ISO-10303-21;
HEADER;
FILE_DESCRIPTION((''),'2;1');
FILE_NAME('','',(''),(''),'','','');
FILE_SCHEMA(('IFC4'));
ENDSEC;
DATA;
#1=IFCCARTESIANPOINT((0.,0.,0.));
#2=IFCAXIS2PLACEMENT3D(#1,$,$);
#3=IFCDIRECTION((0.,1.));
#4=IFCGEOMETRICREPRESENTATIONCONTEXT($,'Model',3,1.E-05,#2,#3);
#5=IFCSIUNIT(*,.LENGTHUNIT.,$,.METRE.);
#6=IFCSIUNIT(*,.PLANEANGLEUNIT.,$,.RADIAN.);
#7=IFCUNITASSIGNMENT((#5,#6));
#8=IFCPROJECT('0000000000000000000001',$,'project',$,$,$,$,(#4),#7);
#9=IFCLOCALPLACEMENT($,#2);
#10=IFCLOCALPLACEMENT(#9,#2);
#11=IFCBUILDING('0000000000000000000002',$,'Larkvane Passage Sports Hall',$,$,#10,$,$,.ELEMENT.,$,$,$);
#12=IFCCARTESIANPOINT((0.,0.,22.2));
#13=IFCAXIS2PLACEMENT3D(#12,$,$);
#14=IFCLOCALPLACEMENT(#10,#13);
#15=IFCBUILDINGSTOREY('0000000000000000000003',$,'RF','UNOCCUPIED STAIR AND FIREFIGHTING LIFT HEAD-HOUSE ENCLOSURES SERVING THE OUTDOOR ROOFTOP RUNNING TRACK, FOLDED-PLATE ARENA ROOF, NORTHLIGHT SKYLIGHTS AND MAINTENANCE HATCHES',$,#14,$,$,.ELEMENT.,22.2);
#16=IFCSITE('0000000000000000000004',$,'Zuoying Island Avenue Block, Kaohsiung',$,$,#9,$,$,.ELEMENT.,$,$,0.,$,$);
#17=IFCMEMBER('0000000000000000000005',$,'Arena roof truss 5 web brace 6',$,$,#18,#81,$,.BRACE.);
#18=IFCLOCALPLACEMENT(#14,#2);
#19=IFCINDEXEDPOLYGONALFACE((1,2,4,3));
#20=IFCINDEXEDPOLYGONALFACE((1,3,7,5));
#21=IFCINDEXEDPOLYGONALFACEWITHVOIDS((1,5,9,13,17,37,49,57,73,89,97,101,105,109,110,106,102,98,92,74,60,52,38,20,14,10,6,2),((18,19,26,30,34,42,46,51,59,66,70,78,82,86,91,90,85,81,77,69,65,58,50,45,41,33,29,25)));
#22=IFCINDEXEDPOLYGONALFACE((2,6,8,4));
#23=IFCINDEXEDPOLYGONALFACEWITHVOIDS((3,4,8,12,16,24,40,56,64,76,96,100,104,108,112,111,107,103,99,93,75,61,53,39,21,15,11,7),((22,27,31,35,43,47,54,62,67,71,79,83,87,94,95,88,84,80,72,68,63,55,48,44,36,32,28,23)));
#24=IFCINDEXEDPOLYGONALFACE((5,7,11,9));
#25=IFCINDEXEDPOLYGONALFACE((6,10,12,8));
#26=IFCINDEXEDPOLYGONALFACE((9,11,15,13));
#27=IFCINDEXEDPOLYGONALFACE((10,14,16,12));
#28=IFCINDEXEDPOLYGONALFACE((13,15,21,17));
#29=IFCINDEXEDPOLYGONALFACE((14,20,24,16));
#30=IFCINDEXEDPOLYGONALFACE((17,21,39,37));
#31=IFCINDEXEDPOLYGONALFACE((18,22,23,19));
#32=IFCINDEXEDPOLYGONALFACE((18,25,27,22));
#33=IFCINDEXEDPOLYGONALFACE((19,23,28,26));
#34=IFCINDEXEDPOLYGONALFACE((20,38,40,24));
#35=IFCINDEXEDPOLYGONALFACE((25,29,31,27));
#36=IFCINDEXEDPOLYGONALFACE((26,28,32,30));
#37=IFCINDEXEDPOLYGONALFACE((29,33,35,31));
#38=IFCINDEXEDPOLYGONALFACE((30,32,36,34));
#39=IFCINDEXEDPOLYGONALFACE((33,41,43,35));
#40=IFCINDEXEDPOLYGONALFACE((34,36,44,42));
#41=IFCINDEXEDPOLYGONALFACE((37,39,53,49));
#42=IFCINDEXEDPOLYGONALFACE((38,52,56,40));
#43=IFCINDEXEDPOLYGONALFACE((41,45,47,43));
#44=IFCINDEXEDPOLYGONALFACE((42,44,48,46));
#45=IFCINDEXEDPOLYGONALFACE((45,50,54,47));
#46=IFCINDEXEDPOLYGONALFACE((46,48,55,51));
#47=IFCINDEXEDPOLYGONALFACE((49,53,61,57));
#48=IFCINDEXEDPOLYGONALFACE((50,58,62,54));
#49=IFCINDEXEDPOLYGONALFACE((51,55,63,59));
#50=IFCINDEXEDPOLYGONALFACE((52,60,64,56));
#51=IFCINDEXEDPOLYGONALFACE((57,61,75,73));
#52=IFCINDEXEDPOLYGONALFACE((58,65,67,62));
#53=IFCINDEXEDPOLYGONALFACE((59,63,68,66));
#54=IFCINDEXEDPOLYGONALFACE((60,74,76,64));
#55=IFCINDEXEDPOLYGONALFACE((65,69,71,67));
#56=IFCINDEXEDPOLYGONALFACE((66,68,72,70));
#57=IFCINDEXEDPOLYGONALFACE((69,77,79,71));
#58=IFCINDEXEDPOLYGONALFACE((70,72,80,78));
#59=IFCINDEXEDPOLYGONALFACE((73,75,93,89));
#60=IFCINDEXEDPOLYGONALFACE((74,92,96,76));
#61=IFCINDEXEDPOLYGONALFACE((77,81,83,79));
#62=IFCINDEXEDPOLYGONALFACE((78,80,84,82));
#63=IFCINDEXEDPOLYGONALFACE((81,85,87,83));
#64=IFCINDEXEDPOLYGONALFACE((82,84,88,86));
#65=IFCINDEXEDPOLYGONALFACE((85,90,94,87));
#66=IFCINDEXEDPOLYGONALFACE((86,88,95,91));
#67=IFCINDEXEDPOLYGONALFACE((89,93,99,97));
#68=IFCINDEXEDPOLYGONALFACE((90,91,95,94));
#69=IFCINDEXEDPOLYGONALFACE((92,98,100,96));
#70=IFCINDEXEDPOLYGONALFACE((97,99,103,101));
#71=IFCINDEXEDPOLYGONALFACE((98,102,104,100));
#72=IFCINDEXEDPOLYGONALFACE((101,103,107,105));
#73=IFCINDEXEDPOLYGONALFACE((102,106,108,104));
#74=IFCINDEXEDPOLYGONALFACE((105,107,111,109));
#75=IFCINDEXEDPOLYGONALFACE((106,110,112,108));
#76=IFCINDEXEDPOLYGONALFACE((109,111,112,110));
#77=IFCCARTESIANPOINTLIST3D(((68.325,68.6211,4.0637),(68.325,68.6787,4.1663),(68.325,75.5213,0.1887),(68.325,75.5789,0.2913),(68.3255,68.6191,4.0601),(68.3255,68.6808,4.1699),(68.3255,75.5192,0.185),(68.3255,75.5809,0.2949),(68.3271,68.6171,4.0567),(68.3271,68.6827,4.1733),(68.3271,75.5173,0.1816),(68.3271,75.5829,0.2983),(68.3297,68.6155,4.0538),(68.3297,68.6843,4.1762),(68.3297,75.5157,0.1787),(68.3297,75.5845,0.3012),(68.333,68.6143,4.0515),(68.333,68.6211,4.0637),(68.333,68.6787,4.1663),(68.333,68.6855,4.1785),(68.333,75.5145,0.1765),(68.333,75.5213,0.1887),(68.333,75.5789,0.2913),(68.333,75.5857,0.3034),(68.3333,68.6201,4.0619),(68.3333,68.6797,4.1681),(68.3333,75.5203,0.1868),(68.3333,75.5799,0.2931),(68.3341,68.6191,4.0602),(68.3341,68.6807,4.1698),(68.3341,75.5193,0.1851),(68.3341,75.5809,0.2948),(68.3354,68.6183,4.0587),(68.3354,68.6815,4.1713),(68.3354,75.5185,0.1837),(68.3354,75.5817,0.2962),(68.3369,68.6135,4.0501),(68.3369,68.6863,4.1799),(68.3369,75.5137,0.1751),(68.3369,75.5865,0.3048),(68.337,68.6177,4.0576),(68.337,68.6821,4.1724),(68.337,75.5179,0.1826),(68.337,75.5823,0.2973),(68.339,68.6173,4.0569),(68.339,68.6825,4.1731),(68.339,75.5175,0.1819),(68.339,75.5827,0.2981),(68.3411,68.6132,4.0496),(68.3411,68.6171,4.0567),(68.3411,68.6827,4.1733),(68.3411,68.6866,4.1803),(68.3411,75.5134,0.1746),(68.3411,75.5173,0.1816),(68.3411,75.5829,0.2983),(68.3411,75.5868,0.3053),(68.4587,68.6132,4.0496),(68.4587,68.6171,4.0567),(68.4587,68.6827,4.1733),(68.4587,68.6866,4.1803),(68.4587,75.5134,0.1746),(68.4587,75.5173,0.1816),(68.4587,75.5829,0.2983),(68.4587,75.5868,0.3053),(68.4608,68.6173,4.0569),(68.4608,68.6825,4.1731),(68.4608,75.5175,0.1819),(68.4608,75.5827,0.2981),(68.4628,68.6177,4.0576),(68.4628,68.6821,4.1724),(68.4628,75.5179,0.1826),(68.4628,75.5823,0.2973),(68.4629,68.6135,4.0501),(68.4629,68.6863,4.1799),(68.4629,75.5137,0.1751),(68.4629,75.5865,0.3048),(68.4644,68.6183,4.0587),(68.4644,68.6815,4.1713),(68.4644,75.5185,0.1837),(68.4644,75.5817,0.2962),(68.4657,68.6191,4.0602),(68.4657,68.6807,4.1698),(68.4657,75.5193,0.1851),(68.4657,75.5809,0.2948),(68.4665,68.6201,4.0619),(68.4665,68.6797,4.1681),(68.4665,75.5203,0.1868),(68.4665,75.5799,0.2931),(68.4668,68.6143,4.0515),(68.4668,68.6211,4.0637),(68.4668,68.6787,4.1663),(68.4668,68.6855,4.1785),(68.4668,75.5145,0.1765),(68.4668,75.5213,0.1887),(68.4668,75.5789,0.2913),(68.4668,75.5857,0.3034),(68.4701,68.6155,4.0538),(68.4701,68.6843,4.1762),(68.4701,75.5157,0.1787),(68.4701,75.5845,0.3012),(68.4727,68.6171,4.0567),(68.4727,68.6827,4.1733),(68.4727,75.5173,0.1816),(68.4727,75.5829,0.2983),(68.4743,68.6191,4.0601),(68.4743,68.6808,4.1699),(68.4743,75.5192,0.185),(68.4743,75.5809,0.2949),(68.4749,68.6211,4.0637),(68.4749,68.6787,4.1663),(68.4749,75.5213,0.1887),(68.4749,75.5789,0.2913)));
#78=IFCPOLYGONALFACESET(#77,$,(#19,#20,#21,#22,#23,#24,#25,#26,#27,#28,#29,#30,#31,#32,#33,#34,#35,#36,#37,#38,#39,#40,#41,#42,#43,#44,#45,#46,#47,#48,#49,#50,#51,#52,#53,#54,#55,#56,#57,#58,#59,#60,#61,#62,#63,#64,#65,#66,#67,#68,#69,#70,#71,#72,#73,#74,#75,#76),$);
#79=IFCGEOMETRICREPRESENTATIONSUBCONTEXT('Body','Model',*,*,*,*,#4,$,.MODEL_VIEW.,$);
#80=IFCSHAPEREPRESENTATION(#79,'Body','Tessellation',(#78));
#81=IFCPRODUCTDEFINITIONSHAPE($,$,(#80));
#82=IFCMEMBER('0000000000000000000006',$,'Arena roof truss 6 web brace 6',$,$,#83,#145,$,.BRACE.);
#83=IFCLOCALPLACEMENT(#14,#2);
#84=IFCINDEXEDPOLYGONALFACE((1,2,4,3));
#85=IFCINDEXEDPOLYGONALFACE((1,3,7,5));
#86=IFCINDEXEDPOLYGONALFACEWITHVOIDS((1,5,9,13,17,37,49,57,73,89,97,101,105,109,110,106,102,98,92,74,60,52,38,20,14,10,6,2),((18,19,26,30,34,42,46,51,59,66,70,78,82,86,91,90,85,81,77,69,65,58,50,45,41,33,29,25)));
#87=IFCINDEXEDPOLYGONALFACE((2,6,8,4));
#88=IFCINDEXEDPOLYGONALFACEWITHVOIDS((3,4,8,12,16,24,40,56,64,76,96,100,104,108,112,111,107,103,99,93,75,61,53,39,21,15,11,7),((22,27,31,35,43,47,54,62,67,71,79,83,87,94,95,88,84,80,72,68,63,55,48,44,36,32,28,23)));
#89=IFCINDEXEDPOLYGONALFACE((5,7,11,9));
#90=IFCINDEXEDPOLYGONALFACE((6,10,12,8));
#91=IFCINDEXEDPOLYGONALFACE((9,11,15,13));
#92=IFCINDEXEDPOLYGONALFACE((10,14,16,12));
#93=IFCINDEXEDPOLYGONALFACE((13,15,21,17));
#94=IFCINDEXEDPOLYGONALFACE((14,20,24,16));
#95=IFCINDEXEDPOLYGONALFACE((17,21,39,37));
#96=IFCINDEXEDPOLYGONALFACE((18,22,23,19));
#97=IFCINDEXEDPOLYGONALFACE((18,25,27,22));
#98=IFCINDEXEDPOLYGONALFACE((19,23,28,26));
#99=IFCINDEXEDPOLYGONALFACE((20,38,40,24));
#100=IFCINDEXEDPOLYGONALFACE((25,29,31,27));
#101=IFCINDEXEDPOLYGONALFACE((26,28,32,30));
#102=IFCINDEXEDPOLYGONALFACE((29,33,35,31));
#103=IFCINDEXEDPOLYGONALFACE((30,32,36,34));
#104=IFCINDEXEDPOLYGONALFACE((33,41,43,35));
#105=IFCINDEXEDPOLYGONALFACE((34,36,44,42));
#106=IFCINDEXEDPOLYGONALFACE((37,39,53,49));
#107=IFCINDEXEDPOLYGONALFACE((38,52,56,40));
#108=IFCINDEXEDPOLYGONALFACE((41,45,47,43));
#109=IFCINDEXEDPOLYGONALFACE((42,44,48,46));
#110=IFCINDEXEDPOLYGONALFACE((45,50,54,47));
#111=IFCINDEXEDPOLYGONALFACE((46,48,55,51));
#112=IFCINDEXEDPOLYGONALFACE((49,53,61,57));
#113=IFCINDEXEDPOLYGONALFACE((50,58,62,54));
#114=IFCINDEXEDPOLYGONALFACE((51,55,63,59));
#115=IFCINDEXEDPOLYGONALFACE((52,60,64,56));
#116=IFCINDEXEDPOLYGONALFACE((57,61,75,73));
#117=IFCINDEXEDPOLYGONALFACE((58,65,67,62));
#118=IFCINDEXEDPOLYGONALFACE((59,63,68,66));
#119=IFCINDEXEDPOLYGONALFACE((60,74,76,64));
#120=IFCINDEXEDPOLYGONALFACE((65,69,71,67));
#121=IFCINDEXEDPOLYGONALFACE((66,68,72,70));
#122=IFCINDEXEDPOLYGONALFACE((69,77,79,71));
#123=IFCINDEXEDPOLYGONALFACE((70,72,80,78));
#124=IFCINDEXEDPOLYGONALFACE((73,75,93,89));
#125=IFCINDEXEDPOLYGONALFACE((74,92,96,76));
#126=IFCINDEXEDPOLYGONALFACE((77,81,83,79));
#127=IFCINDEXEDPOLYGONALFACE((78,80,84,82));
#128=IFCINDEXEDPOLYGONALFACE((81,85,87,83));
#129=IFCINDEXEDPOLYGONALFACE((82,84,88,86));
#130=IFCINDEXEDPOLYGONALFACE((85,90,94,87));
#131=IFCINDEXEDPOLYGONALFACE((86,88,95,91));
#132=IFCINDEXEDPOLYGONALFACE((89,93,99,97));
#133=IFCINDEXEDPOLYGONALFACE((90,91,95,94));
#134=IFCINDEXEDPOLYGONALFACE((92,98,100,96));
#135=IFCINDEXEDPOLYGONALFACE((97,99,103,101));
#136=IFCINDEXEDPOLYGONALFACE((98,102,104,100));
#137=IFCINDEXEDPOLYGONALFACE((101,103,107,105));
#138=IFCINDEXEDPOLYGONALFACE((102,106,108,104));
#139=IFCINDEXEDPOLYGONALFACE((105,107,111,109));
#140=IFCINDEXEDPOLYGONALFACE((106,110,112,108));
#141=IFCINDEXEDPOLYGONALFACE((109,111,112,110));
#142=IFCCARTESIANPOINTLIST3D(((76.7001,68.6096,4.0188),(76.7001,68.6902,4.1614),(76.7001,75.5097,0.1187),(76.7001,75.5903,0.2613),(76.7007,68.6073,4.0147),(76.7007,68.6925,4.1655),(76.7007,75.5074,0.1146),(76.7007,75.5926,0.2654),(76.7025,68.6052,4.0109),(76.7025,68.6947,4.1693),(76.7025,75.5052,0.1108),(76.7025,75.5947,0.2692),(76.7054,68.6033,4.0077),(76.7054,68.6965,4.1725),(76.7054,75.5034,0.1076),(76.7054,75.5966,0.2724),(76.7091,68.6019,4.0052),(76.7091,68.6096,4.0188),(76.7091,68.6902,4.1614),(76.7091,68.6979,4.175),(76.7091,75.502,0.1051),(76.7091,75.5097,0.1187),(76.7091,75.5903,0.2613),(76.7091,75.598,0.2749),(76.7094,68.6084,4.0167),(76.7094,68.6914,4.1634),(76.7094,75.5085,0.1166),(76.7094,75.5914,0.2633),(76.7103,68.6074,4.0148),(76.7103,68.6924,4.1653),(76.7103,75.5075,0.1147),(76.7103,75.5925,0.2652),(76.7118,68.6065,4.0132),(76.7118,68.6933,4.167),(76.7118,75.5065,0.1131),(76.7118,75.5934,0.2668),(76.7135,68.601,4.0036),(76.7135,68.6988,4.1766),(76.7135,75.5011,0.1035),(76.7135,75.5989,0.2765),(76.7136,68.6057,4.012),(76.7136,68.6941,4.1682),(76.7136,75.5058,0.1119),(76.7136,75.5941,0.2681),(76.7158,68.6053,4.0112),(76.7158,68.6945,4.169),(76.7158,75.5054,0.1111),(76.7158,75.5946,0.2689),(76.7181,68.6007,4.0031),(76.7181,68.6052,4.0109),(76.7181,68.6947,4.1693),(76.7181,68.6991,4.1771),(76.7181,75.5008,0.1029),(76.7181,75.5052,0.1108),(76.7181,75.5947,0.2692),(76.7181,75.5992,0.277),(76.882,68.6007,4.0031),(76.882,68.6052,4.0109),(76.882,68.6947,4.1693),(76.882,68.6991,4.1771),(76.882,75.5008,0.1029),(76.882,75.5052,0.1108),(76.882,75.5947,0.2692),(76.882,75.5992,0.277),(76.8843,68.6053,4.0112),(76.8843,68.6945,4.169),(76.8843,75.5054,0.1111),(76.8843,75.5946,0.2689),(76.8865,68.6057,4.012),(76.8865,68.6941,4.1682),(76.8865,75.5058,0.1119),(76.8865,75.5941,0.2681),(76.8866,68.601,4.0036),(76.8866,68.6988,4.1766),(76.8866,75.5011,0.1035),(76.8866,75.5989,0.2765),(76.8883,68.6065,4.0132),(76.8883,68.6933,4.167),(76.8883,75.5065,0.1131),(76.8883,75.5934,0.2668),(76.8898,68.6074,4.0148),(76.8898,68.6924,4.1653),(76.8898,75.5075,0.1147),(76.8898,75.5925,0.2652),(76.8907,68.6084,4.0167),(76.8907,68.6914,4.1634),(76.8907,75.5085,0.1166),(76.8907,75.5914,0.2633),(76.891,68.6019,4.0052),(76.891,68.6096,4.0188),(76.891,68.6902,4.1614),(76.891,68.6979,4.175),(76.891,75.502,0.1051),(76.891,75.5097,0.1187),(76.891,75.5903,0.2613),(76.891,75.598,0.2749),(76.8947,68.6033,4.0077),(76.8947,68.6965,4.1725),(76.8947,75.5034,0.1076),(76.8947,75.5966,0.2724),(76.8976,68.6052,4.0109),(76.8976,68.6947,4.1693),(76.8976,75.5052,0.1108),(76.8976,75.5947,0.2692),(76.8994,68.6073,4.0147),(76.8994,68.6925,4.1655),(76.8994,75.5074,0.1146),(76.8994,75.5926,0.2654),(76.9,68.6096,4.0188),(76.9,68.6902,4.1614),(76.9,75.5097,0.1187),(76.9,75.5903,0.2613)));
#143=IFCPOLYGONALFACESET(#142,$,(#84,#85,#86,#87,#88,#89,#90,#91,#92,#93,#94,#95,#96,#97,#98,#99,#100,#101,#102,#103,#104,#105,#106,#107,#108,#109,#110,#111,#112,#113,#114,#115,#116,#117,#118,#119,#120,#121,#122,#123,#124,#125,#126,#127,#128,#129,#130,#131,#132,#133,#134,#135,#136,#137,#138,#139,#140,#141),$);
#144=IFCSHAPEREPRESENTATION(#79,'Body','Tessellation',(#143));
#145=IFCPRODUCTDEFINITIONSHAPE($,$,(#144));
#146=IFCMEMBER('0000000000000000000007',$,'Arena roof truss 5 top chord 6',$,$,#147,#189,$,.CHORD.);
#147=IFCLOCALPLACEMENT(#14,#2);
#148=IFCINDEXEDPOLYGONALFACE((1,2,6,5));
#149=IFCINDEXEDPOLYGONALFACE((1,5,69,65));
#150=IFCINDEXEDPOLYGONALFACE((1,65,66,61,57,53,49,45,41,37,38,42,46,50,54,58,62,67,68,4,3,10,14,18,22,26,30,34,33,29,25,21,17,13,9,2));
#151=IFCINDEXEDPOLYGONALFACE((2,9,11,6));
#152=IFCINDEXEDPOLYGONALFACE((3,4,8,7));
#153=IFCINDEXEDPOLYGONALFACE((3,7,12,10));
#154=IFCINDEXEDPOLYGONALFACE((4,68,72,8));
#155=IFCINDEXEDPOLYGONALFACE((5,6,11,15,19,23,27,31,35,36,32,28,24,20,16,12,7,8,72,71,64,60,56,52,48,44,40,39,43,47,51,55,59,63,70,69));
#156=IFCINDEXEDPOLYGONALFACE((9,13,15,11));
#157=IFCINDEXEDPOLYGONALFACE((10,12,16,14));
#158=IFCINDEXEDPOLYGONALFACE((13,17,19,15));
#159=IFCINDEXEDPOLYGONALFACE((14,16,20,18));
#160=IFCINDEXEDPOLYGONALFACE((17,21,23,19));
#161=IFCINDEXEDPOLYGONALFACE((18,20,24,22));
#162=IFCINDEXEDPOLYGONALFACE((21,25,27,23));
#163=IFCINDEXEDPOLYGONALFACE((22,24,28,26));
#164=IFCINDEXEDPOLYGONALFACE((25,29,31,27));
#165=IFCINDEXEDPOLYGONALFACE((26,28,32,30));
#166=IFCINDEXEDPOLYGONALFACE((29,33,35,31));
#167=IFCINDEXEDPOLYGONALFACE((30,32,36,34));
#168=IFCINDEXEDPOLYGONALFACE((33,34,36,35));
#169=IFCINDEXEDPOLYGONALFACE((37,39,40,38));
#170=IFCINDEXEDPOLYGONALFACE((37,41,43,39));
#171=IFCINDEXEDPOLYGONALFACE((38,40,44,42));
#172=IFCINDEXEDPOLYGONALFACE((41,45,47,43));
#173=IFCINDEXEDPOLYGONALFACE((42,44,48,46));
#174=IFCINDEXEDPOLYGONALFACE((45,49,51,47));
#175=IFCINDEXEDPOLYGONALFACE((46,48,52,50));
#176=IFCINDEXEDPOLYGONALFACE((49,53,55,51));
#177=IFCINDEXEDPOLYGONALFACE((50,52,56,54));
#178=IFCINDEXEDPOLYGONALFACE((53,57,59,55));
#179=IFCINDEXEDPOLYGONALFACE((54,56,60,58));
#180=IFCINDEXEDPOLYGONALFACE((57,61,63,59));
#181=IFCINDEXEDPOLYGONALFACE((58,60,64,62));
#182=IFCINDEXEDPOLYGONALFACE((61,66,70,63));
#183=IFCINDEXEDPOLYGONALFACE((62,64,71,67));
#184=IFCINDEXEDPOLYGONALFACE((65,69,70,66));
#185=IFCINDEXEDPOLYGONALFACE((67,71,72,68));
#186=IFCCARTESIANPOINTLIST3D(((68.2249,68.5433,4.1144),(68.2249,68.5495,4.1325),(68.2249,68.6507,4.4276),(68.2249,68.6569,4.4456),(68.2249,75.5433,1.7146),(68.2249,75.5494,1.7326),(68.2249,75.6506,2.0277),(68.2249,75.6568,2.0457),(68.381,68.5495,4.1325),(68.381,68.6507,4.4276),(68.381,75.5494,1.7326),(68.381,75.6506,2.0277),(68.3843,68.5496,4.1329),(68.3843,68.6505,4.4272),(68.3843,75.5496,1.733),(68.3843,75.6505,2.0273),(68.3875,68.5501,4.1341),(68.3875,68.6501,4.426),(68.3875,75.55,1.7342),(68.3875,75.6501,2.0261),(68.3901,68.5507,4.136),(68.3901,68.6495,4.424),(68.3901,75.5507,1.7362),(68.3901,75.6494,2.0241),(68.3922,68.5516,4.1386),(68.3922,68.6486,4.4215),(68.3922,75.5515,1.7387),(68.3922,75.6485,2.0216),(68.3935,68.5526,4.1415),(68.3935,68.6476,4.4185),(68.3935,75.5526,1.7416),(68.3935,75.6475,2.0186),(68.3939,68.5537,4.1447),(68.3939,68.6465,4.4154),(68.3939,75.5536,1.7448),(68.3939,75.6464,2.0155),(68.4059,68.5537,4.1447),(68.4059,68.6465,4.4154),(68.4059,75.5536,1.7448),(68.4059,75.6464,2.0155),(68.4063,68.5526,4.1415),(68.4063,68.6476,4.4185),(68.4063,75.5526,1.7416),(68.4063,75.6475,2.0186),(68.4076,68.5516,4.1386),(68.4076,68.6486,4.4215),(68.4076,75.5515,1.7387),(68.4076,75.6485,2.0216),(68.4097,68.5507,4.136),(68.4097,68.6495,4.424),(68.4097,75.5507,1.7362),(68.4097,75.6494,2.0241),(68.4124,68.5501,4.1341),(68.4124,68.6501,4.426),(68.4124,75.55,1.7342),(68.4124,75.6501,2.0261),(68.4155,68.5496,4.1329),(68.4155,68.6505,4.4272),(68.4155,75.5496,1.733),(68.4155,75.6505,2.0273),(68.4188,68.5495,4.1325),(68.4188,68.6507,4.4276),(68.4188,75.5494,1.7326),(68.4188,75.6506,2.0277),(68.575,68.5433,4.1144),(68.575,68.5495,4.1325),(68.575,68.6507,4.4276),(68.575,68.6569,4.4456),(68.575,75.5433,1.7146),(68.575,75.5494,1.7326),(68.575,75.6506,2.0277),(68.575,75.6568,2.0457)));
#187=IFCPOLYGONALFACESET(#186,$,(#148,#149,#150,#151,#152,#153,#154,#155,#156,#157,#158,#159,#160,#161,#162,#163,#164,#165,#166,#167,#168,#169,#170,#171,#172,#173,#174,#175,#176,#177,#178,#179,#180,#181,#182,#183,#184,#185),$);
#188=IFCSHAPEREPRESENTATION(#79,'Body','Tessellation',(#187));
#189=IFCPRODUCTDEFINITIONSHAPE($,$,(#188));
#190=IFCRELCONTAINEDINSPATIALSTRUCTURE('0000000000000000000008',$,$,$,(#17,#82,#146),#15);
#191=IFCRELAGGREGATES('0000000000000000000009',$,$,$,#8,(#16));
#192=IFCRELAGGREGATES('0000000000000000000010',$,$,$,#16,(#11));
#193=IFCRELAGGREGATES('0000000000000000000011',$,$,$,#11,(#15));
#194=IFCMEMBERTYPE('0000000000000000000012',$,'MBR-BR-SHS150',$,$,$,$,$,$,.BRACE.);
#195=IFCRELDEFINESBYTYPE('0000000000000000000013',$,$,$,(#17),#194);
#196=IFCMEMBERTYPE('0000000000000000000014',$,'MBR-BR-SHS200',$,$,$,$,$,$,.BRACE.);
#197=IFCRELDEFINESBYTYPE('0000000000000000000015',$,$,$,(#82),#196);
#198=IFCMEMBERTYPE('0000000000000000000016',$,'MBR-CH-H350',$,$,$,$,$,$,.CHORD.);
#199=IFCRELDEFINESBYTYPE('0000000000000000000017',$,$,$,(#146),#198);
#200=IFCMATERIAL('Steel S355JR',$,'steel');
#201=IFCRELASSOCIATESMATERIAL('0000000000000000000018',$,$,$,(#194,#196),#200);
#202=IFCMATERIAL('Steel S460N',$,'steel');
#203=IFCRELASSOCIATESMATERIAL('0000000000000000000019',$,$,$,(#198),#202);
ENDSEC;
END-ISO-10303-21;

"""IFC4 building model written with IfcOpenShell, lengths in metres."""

from ifc_helpers import new_model, si_unit, direction, frame, origin, origin_2d, place, context, subcontext, project, spatial, hollow_rectangle, i_section, extrude, material, material_profile, profile_set, type_object, element, save


model = new_model("IFC4")

# Units and contexts
model_context = context("Model", 3, precision=1e-05, world=origin(), true_north=direction((0.0, 1.0)))
body_context = subcontext(model_context, "Body", "Model", "MODEL_VIEW")
ifc_project = project(units=[si_unit("LENGTHUNIT", "METRE"), si_unit("PLANEANGLEUNIT", "RADIAN")], contexts=[model_context])

# Site, building, storey
site_placement = place(None, origin())
site = spatial("IfcSite", under=ifc_project, at=site_placement, Name="Zuoying Island Avenue Block, Kaohsiung", CompositionType="ELEMENT", RefElevation=0.0)
building_placement = place(site_placement, origin())
building = spatial("IfcBuilding", under=site, at=building_placement, Name="Larkvane Passage Sports Hall", CompositionType="ELEMENT")
storey_placement = place(building_placement, frame((0.0, 0.0, 22.2)))
storey = spatial("IfcBuildingStorey", under=building, at=storey_placement, Name="RF", Description="UNOCCUPIED STAIR AND FIREFIGHTING LIFT HEAD-HOUSE ENCLOSURES SERVING THE OUTDOOR ROOFTOP RUNNING TRACK, FOLDED-PLATE ARENA ROOF, NORTHLIGHT SKYLIGHTS AND MAINTENANCE HATCHES", CompositionType="ELEMENT", Elevation=22.2)

# Members
ifc_material_1 = material(Name="Steel S355JR", Category="steel")
ifc_material_profile_1 = material_profile(ifc_material_1, hollow_rectangle(XDim=0.1499, YDim=0.1499, WallThickness=0.0081, InnerFilletRadius=0.0081, OuterFilletRadius=0.0161, at=origin_2d()), Name="SHS-150x150x8")
ifc_profile_set_1 = profile_set([ifc_material_profile_1], Name="Steel S355JR")
member_type_1 = type_object("IfcMemberType", Name="MBR-BR-SHS150", PredefinedType="BRACE", material=ifc_profile_set_1)
member_1_placement = place(storey_placement, frame((68.3999, 68.6499, 4.115), z_axis=(0.0, 0.871917, -0.489653), x_axis=(-1.0, 0.0, 0.0)))
element("IfcMember", 1, at=member_1_placement, inside=storey, type_object=member_type_1, Name="Arena roof truss 5 web brace 6", PredefinedType="BRACE", context=body_context, shape_type="SweptSolid", body=[
    extrude(hollow_rectangle(XDim=0.1499, YDim=0.1499, WallThickness=0.0081, InnerFilletRadius=0.0081, OuterFilletRadius=0.0161, at=origin_2d()), origin(), (0.0, 0.0, 1.0), 7.9138),
])
ifc_material_profile_2 = material_profile(ifc_material_1, hollow_rectangle(XDim=0.2, YDim=0.2, WallThickness=0.009, InnerFilletRadius=0.009, OuterFilletRadius=0.0181, at=origin_2d()), Name="SHS-200x200x9")
ifc_profile_set_2 = profile_set([ifc_material_profile_2], Name="Steel S355JR")
member_type_2 = type_object("IfcMemberType", Name="MBR-BR-SHS200", PredefinedType="BRACE", material=ifc_profile_set_2)
member_2_placement = place(storey_placement, frame((76.8, 68.6499, 4.0901), z_axis=(0.0, 0.870559, -0.492063), x_axis=(-1.0, 0.0, 0.0)))
element("IfcMember", 2, at=member_2_placement, inside=storey, type_object=member_type_2, Name="Arena roof truss 6 web brace 6", PredefinedType="BRACE", context=body_context, shape_type="SweptSolid", body=[
    extrude(hollow_rectangle(XDim=0.2, YDim=0.2, WallThickness=0.009, InnerFilletRadius=0.009, OuterFilletRadius=0.0181, at=origin_2d()), origin(), (0.0, 0.0, 1.0), 7.926),
])
ifc_material_2 = material(Name="Steel S460N", Category="steel")
ifc_material_profile_3 = material_profile(ifc_material_2, i_section(OverallWidth=0.3501, OverallDepth=0.3501, WebThickness=0.012, FlangeThickness=0.019, FilletRadius=0.0129, at=origin_2d()), Name="H-350x350x12x19")
ifc_profile_set_3 = profile_set([ifc_material_profile_3], Name="Steel S460N")
member_type_3 = type_object("IfcMemberType", Name="MBR-CH-H350", PredefinedType="CHORD", material=ifc_profile_set_3)
member_3_placement = place(storey_placement, frame((68.3999, 68.6001, 4.28), z_axis=(0.0, 0.94595, -0.324313), x_axis=(-1.0, 0.0, 0.0)))
element("IfcMember", 3, at=member_3_placement, inside=storey, type_object=member_type_3, Name="Arena roof truss 5 top chord 6", PredefinedType="CHORD", context=body_context, shape_type="SweptSolid", body=[
    extrude(i_section(OverallWidth=0.3501, OverallDepth=0.3501, WebThickness=0.012, FlangeThickness=0.019, FilletRadius=0.0129, at=origin_2d()), origin(), (0.0, 0.0, 1.0), 7.3999),
])

save(model, "model.ifc")
